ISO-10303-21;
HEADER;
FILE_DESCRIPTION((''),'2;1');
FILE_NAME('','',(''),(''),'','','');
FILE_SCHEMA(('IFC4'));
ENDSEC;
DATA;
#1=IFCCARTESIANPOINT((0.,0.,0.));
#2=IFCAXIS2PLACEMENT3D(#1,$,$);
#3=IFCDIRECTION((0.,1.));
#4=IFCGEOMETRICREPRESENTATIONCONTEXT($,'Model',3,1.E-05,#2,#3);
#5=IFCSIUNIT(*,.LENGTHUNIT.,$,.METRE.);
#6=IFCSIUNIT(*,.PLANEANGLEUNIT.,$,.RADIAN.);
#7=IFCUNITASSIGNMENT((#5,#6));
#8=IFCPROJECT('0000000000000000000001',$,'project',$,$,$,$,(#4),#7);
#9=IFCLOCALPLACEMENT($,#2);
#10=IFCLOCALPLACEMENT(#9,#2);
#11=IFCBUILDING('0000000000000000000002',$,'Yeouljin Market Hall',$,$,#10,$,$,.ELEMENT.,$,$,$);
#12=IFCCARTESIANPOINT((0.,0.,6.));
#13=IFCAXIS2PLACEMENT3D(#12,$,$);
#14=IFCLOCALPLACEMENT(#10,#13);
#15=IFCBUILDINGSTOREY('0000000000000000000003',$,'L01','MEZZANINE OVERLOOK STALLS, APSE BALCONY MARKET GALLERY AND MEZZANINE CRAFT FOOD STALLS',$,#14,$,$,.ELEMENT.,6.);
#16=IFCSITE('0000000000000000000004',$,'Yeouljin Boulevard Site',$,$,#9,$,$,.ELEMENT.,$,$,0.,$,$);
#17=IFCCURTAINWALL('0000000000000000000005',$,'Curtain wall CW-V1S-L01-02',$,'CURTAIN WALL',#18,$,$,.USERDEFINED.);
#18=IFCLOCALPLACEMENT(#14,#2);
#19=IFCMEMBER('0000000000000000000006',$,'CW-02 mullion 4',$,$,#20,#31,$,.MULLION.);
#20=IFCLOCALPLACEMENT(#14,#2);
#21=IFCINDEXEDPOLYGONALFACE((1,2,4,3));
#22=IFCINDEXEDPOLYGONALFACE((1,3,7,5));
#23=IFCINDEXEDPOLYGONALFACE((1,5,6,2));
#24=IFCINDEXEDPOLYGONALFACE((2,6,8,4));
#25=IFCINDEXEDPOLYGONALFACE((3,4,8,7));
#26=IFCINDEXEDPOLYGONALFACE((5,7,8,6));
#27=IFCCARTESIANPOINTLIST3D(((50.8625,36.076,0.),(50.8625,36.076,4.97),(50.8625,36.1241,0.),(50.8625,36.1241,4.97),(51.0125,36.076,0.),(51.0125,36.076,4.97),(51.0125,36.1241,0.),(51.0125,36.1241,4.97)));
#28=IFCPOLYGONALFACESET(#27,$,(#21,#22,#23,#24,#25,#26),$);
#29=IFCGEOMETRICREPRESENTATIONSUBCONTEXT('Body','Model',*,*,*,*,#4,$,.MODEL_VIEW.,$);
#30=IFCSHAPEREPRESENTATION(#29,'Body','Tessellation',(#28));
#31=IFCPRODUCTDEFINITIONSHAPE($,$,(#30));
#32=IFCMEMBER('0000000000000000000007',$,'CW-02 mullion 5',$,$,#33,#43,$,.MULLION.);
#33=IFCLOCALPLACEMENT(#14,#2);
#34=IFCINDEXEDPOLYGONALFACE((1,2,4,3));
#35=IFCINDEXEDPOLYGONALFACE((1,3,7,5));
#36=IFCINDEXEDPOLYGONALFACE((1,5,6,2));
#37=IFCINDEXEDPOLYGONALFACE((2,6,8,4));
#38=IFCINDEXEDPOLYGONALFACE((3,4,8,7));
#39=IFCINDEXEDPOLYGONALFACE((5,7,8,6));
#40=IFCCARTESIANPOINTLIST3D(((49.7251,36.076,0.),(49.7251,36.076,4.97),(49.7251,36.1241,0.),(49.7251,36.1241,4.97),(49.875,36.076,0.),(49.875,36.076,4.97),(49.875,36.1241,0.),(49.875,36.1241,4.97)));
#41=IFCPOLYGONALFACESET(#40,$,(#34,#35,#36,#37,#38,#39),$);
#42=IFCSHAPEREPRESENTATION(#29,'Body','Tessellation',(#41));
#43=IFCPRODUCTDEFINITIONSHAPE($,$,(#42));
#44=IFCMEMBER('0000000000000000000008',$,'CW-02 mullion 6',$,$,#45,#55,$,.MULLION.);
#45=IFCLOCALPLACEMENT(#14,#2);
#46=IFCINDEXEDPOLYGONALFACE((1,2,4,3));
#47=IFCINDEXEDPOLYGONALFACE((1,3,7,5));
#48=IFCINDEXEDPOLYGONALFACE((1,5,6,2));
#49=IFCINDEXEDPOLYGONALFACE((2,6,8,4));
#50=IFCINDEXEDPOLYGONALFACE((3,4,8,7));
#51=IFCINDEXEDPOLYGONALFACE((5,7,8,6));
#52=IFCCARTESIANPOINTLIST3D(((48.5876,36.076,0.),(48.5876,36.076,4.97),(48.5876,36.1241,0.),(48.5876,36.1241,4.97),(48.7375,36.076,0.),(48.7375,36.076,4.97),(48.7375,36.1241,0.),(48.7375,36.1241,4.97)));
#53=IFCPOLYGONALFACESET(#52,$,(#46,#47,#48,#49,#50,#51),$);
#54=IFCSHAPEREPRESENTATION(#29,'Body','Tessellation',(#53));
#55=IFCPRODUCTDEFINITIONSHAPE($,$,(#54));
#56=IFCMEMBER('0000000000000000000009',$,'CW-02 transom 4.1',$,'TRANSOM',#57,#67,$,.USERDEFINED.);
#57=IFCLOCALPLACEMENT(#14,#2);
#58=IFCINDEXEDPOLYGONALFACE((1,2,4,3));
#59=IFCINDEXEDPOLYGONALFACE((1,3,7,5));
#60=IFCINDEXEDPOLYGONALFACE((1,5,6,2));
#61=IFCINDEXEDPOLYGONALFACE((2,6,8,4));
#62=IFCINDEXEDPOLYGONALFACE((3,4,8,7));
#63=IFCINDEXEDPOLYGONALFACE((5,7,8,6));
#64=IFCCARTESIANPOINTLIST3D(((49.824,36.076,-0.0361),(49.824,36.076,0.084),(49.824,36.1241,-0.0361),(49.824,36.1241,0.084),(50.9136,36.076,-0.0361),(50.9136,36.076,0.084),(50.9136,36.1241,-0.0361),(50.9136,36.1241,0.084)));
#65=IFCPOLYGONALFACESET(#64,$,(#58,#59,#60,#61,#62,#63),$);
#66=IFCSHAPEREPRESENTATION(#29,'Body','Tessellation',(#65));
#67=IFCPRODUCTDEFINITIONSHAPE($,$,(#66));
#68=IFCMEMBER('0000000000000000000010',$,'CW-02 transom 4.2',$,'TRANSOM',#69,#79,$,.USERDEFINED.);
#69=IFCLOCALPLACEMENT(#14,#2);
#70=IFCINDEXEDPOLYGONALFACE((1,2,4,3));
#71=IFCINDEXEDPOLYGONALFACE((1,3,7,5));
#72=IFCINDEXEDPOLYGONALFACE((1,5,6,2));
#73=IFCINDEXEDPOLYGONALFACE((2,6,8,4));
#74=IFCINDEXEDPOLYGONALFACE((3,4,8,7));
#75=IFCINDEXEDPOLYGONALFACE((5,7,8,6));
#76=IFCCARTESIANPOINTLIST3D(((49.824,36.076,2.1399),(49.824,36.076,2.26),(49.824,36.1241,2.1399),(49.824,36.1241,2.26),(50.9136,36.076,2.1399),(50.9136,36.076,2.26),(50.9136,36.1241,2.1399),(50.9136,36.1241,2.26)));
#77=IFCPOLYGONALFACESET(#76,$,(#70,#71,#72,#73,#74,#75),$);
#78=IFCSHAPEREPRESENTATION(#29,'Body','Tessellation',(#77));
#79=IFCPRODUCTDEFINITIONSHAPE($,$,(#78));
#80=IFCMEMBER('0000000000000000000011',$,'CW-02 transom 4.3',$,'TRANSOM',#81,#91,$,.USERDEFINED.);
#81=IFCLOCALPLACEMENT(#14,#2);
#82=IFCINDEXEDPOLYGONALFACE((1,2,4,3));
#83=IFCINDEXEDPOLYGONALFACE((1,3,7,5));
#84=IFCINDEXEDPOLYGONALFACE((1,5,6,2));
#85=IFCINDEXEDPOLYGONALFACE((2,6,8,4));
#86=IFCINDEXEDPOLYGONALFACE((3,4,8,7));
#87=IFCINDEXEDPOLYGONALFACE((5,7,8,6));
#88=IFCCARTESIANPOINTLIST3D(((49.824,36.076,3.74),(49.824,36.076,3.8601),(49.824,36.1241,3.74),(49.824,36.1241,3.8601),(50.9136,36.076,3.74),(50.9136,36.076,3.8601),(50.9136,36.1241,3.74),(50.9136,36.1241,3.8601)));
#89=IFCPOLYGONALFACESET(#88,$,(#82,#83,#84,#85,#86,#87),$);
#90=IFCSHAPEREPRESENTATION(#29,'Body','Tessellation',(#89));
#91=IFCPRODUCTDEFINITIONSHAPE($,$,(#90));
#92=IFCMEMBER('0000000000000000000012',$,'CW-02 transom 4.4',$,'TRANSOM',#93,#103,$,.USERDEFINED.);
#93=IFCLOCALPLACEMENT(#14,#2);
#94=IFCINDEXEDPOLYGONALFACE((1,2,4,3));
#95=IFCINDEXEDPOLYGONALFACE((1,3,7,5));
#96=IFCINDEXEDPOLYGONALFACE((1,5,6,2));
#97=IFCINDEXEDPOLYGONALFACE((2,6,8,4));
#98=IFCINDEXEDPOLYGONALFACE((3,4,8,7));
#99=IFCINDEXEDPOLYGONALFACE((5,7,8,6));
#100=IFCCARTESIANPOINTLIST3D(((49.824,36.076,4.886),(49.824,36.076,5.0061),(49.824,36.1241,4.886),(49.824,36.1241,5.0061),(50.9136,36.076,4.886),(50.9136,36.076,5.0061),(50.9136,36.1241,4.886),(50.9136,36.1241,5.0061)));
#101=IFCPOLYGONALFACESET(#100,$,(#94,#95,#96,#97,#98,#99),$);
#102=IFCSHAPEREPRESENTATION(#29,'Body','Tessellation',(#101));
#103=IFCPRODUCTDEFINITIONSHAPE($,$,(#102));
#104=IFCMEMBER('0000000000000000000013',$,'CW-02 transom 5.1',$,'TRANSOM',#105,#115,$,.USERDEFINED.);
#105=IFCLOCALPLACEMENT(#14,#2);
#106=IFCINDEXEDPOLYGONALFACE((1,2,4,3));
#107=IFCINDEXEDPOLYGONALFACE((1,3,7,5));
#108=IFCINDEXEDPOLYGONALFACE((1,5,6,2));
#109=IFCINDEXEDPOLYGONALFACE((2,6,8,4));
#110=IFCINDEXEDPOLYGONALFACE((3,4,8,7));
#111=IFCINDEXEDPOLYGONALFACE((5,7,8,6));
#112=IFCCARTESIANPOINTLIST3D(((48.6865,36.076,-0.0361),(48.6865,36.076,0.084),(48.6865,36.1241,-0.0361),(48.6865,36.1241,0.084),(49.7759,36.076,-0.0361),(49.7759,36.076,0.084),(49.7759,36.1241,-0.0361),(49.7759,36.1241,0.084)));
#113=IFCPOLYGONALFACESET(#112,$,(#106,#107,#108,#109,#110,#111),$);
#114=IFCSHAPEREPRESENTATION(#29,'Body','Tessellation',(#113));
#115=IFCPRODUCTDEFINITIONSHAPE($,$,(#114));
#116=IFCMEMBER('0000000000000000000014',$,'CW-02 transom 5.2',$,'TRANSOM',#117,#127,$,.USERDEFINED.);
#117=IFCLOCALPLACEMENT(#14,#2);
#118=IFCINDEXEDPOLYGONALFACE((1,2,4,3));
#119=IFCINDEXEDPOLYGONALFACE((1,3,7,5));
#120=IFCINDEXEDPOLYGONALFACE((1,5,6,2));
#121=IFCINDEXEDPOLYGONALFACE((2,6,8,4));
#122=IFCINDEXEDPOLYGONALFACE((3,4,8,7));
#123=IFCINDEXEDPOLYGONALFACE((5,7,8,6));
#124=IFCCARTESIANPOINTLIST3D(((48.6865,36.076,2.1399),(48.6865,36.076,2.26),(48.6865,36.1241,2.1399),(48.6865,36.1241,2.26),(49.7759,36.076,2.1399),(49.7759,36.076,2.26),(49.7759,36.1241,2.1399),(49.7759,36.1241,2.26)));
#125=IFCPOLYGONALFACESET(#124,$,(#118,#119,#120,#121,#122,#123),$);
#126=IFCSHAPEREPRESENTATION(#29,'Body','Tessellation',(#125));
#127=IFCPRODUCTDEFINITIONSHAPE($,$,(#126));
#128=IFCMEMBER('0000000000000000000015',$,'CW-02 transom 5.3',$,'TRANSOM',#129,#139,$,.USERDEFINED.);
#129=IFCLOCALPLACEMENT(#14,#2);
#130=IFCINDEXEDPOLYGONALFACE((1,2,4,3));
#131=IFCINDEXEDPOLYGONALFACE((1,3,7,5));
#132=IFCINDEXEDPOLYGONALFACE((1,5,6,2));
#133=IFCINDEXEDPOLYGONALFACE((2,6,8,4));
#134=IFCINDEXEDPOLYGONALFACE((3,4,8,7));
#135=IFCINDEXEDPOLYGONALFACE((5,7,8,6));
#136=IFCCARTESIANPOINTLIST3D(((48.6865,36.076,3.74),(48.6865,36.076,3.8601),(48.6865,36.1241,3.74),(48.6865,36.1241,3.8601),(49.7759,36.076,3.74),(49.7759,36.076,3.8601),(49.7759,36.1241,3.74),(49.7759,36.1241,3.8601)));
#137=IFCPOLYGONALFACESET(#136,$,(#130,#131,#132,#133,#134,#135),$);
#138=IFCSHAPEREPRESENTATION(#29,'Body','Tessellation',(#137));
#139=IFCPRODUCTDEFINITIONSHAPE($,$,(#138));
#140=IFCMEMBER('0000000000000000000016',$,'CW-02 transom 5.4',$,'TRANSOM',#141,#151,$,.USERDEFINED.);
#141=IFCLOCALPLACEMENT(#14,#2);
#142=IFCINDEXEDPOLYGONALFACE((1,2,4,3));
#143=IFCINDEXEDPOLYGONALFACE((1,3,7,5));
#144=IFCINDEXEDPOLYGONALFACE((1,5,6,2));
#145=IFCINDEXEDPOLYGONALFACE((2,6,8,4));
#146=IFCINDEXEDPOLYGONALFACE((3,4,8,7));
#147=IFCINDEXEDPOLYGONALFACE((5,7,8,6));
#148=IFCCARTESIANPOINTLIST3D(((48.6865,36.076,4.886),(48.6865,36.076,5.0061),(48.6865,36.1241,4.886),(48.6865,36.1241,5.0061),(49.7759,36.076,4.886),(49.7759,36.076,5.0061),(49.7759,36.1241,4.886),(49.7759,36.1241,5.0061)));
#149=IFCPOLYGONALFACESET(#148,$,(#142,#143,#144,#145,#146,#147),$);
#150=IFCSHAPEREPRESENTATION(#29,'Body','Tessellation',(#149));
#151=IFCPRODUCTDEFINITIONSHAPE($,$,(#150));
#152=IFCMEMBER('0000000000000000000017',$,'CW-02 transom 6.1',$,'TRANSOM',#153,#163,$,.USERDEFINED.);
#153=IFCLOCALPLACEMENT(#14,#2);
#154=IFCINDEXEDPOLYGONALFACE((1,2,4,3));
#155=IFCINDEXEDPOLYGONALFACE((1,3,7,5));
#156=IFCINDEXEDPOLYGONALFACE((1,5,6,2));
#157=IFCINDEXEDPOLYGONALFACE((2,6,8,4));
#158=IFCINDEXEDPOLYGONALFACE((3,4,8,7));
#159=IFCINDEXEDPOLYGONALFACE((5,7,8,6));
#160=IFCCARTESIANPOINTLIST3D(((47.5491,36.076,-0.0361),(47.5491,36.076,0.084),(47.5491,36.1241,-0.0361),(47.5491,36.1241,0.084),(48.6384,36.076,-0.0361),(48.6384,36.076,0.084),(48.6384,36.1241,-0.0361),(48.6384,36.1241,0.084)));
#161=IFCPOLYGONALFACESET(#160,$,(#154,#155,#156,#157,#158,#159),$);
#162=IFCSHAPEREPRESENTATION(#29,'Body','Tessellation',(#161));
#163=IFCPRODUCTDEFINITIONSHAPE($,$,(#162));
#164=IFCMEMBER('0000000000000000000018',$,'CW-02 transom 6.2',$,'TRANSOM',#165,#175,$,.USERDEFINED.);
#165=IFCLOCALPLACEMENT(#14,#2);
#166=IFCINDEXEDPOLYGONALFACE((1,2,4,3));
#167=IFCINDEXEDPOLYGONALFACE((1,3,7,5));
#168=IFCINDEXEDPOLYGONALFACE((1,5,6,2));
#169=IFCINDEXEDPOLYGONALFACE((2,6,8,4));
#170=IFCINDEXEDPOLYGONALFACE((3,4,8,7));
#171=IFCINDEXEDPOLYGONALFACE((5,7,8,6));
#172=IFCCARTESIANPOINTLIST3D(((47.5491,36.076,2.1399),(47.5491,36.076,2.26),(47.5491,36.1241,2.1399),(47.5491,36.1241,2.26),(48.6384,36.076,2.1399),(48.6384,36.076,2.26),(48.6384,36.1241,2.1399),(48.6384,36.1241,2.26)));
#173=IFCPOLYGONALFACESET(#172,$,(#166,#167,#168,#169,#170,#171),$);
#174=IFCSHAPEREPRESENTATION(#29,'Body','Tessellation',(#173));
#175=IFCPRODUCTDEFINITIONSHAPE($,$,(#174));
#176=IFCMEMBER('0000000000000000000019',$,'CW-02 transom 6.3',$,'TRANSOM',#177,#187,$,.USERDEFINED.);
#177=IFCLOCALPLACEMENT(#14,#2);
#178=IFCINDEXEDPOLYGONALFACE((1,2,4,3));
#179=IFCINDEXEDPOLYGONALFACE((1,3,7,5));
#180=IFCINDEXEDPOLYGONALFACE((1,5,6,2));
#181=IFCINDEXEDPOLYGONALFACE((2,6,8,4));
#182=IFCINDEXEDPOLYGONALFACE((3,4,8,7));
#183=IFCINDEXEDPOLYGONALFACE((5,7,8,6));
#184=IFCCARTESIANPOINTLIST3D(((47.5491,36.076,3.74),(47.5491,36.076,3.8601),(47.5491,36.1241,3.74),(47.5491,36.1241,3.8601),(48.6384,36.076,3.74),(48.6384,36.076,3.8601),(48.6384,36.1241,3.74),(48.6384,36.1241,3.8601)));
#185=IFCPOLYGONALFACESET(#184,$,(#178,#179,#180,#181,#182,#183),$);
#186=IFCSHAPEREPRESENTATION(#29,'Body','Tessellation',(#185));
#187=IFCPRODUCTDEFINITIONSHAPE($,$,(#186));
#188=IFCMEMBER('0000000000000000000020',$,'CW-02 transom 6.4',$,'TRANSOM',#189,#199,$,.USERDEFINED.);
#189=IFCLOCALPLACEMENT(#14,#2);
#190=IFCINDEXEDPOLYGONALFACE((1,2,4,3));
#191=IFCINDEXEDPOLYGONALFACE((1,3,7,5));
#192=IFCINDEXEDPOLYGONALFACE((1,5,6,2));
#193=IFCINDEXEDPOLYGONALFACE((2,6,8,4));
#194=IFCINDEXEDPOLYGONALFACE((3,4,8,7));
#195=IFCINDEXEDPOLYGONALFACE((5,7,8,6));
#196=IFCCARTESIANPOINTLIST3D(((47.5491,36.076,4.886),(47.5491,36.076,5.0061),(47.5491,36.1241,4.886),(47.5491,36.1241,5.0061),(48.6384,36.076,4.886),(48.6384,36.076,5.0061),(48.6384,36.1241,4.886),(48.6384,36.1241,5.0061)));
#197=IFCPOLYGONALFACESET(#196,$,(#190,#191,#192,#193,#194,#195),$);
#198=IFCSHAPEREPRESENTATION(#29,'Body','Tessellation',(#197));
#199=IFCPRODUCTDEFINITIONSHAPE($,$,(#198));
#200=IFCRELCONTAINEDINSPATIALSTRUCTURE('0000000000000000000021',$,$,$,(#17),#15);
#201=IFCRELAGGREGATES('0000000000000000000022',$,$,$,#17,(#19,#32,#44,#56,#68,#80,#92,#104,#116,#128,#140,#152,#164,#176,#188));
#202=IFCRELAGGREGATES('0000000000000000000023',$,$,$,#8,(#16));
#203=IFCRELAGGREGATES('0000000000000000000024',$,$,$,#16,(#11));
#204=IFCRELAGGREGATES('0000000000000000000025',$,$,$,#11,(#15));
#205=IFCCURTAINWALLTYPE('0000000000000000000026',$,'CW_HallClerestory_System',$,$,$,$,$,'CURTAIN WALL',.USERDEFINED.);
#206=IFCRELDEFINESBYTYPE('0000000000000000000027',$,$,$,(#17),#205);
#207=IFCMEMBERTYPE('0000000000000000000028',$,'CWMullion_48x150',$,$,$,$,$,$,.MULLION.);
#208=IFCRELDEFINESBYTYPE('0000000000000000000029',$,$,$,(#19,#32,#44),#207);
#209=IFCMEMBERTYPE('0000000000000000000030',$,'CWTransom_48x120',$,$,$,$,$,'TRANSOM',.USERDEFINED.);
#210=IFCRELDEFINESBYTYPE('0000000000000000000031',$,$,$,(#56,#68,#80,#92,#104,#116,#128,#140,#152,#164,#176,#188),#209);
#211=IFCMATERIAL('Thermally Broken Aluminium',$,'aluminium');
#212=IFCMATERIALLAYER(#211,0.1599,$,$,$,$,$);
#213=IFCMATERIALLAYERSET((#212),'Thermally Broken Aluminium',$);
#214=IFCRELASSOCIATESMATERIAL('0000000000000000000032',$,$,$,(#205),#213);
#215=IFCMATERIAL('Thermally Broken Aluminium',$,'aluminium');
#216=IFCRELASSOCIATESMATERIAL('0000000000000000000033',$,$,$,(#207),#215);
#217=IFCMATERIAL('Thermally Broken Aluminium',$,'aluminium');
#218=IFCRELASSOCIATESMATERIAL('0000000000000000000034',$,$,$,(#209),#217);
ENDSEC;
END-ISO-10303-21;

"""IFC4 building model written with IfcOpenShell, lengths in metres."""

from ifc_helpers import new_model, si_unit, direction, frame, origin, origin_2d, place, context, subcontext, project, spatial, rectangle, extrude, material, layer, layer_set, material_profile, profile_set, type_object, element, aggregate, save


model = new_model("IFC4")

# Units and contexts
model_context = context("Model", 3, precision=1e-05, world=origin(), true_north=direction((0.0, 1.0)))
body_context = subcontext(model_context, "Body", "Model", "MODEL_VIEW")
ifc_project = project(units=[si_unit("LENGTHUNIT", "METRE"), si_unit("PLANEANGLEUNIT", "RADIAN")], contexts=[model_context])

# Site, building, storey
site_placement = place(None, origin())
site = spatial("IfcSite", under=ifc_project, at=site_placement, Name="Yeouljin Boulevard Site", CompositionType="ELEMENT", RefElevation=0.0)
building_placement = place(site_placement, origin())
building = spatial("IfcBuilding", under=site, at=building_placement, Name="Yeouljin Market Hall", CompositionType="ELEMENT")
storey_placement = place(building_placement, frame((0.0, 0.0, 6.0)))
storey = spatial("IfcBuildingStorey", under=building, at=storey_placement, Name="L01", Description="MEZZANINE OVERLOOK STALLS, APSE BALCONY MARKET GALLERY AND MEZZANINE CRAFT FOOD STALLS", CompositionType="ELEMENT", Elevation=6.0)

# Curtain wall, members
ifc_material_1 = material(Name="Thermally Broken Aluminium", Category="aluminium")
ifc_layer_1 = layer(ifc_material_1, 0.1599)
ifc_layer_set_1 = layer_set([ifc_layer_1], Name="Thermally Broken Aluminium")
curtain_wall_type = type_object("IfcCurtainWallType", Name="CW_HallClerestory_System", ElementType="CURTAIN WALL", PredefinedType="USERDEFINED", material=ifc_layer_set_1)
curtain_wall_placement = place(storey_placement, origin())
curtain_wall = element("IfcCurtainWall", 1, at=curtain_wall_placement, inside=storey, type_object=curtain_wall_type, Name="Curtain wall CW-V1S-L01-02", ObjectType="CURTAIN WALL", PredefinedType="USERDEFINED")
ifc_material_2 = material(Name="Thermally Broken Aluminium", Category="aluminium")
ifc_material_profile_1 = material_profile(ifc_material_2, rectangle(XDim=0.0481, YDim=0.1499, at=origin_2d()), Name="CW-MULL-48x150")
ifc_profile_set_1 = profile_set([ifc_material_profile_1], Name="Thermally Broken Aluminium")
member_type_1 = type_object("IfcMemberType", Name="CWMullion_48x150", PredefinedType="MULLION", material=ifc_profile_set_1)
member_1_placement = place(storey_placement, frame((50.9375, 36.1001, 0.0), z_axis=(0.0, 0.0, 1.0), x_axis=(0.0, -1.0, 0.0)))
member_1 = element("IfcMember", 2, at=member_1_placement, type_object=member_type_1, Name="CW-02 mullion 4", PredefinedType="MULLION", context=body_context, shape_type="SweptSolid", body=[
    extrude(rectangle(XDim=0.0481, YDim=0.1499, at=origin_2d()), origin(), (0.0, 0.0, 1.0), 4.97),
])
member_2_placement = place(storey_placement, frame((49.8, 36.1001, 0.0), z_axis=(0.0, 0.0, 1.0), x_axis=(0.0, -1.0, 0.0)))
member_2 = element("IfcMember", 3, at=member_2_placement, type_object=member_type_1, Name="CW-02 mullion 5", PredefinedType="MULLION", context=body_context, shape_type="SweptSolid", body=[
    extrude(rectangle(XDim=0.0481, YDim=0.1499, at=origin_2d()), origin(), (0.0, 0.0, 1.0), 4.97),
])
member_3_placement = place(storey_placement, frame((48.6626, 36.1001, 0.0), z_axis=(0.0, 0.0, 1.0), x_axis=(0.0, -1.0, 0.0)))
member_3 = element("IfcMember", 4, at=member_3_placement, type_object=member_type_1, Name="CW-02 mullion 6", PredefinedType="MULLION", context=body_context, shape_type="SweptSolid", body=[
    extrude(rectangle(XDim=0.0481, YDim=0.1499, at=origin_2d()), origin(), (0.0, 0.0, 1.0), 4.97),
])
ifc_material_3 = material(Name="Thermally Broken Aluminium", Category="aluminium")
ifc_material_profile_2 = material_profile(ifc_material_3, rectangle(XDim=0.0481, YDim=0.1201, at=origin_2d()), Name="CW-TRAN-48x120")
ifc_profile_set_2 = profile_set([ifc_material_profile_2], Name="Thermally Broken Aluminium")
member_type_2 = type_object("IfcMemberType", Name="CWTransom_48x120", ElementType="TRANSOM", PredefinedType="USERDEFINED", material=ifc_profile_set_2)
member_4_placement = place(storey_placement, frame((50.9136, 36.1001, 0.0239), z_axis=(-1.0, 0.0, 0.0), x_axis=(0.0, -1.0, 0.0)))
member_4 = element("IfcMember", 5, at=member_4_placement, type_object=member_type_2, Name="CW-02 transom 4.1", ObjectType="TRANSOM", PredefinedType="USERDEFINED", context=body_context, shape_type="SweptSolid", body=[
    extrude(rectangle(XDim=0.0481, YDim=0.1201, at=origin_2d()), origin(), (0.0, 0.0, 1.0), 1.0896),
])
member_5_placement = place(storey_placement, frame((50.9136, 36.1001, 2.2), z_axis=(-1.0, 0.0, 0.0), x_axis=(0.0, -1.0, 0.0)))
member_5 = element("IfcMember", 6, at=member_5_placement, type_object=member_type_2, Name="CW-02 transom 4.2", ObjectType="TRANSOM", PredefinedType="USERDEFINED", context=body_context, shape_type="SweptSolid", body=[
    extrude(rectangle(XDim=0.0481, YDim=0.1201, at=origin_2d()), origin(), (0.0, 0.0, 1.0), 1.0896),
])
member_6_placement = place(storey_placement, frame((50.9136, 36.1001, 3.8), z_axis=(-1.0, 0.0, 0.0), x_axis=(0.0, -1.0, 0.0)))
member_6 = element("IfcMember", 7, at=member_6_placement, type_object=member_type_2, Name="CW-02 transom 4.3", ObjectType="TRANSOM", PredefinedType="USERDEFINED", context=body_context, shape_type="SweptSolid", body=[
    extrude(rectangle(XDim=0.0481, YDim=0.1201, at=origin_2d()), origin(), (0.0, 0.0, 1.0), 1.0896),
])
member_7_placement = place(storey_placement, frame((50.9136, 36.1001, 4.946), z_axis=(-1.0, 0.0, 0.0), x_axis=(0.0, -1.0, 0.0)))
member_7 = element("IfcMember", 8, at=member_7_placement, type_object=member_type_2, Name="CW-02 transom 4.4", ObjectType="TRANSOM", PredefinedType="USERDEFINED", context=body_context, shape_type="SweptSolid", body=[
    extrude(rectangle(XDim=0.0481, YDim=0.1201, at=origin_2d()), origin(), (0.0, 0.0, 1.0), 1.0896),
])
member_8_placement = place(storey_placement, frame((49.7759, 36.1001, 0.0239), z_axis=(-1.0, 0.0, 0.0), x_axis=(0.0, -1.0, 0.0)))
member_8 = element("IfcMember", 9, at=member_8_placement, type_object=member_type_2, Name="CW-02 transom 5.1", ObjectType="TRANSOM", PredefinedType="USERDEFINED", context=body_context, shape_type="SweptSolid", body=[
    extrude(rectangle(XDim=0.0481, YDim=0.1201, at=origin_2d()), origin(), (0.0, 0.0, 1.0), 1.0894),
])
member_9_placement = place(storey_placement, frame((49.7759, 36.1001, 2.2), z_axis=(-1.0, 0.0, 0.0), x_axis=(0.0, -1.0, 0.0)))
member_9 = element("IfcMember", 10, at=member_9_placement, type_object=member_type_2, Name="CW-02 transom 5.2", ObjectType="TRANSOM", PredefinedType="USERDEFINED", context=body_context, shape_type="SweptSolid", body=[
    extrude(rectangle(XDim=0.0481, YDim=0.1201, at=origin_2d()), origin(), (0.0, 0.0, 1.0), 1.0894),
])
member_10_placement = place(storey_placement, frame((49.7759, 36.1001, 3.8), z_axis=(-1.0, 0.0, 0.0), x_axis=(0.0, -1.0, 0.0)))
member_10 = element("IfcMember", 11, at=member_10_placement, type_object=member_type_2, Name="CW-02 transom 5.3", ObjectType="TRANSOM", PredefinedType="USERDEFINED", context=body_context, shape_type="SweptSolid", body=[
    extrude(rectangle(XDim=0.0481, YDim=0.1201, at=origin_2d()), origin(), (0.0, 0.0, 1.0), 1.0894),
])
member_11_placement = place(storey_placement, frame((49.7759, 36.1001, 4.946), z_axis=(-1.0, 0.0, 0.0), x_axis=(0.0, -1.0, 0.0)))
member_11 = element("IfcMember", 12, at=member_11_placement, type_object=member_type_2, Name="CW-02 transom 5.4", ObjectType="TRANSOM", PredefinedType="USERDEFINED", context=body_context, shape_type="SweptSolid", body=[
    extrude(rectangle(XDim=0.0481, YDim=0.1201, at=origin_2d()), origin(), (0.0, 0.0, 1.0), 1.0894),
])
member_12_placement = place(storey_placement, frame((48.6384, 36.1001, 0.0239), z_axis=(-1.0, 0.0, 0.0), x_axis=(0.0, -1.0, 0.0)))
member_12 = element("IfcMember", 13, at=member_12_placement, type_object=member_type_2, Name="CW-02 transom 6.1", ObjectType="TRANSOM", PredefinedType="USERDEFINED", context=body_context, shape_type="SweptSolid", body=[
    extrude(rectangle(XDim=0.0481, YDim=0.1201, at=origin_2d()), origin(), (0.0, 0.0, 1.0), 1.0894),
])
member_13_placement = place(storey_placement, frame((48.6384, 36.1001, 2.2), z_axis=(-1.0, 0.0, 0.0), x_axis=(0.0, -1.0, 0.0)))
member_13 = element("IfcMember", 14, at=member_13_placement, type_object=member_type_2, Name="CW-02 transom 6.2", ObjectType="TRANSOM", PredefinedType="USERDEFINED", context=body_context, shape_type="SweptSolid", body=[
    extrude(rectangle(XDim=0.0481, YDim=0.1201, at=origin_2d()), origin(), (0.0, 0.0, 1.0), 1.0894),
])
member_14_placement = place(storey_placement, frame((48.6384, 36.1001, 3.8), z_axis=(-1.0, 0.0, 0.0), x_axis=(0.0, -1.0, 0.0)))
member_14 = element("IfcMember", 15, at=member_14_placement, type_object=member_type_2, Name="CW-02 transom 6.3", ObjectType="TRANSOM", PredefinedType="USERDEFINED", context=body_context, shape_type="SweptSolid", body=[
    extrude(rectangle(XDim=0.0481, YDim=0.1201, at=origin_2d()), origin(), (0.0, 0.0, 1.0), 1.0894),
])
member_15_placement = place(storey_placement, frame((48.6384, 36.1001, 4.946), z_axis=(-1.0, 0.0, 0.0), x_axis=(0.0, -1.0, 0.0)))
member_15 = element("IfcMember", 16, at=member_15_placement, type_object=member_type_2, Name="CW-02 transom 6.4", ObjectType="TRANSOM", PredefinedType="USERDEFINED", context=body_context, shape_type="SweptSolid", body=[
    extrude(rectangle(XDim=0.0481, YDim=0.1201, at=origin_2d()), origin(), (0.0, 0.0, 1.0), 1.0894),
])

aggregate(curtain_wall, [member_1, member_2, member_3, member_4, member_5, member_6, member_7, member_8, member_9, member_10, member_11, member_12, member_13, member_14, member_15])

save(model, "model.ifc")
